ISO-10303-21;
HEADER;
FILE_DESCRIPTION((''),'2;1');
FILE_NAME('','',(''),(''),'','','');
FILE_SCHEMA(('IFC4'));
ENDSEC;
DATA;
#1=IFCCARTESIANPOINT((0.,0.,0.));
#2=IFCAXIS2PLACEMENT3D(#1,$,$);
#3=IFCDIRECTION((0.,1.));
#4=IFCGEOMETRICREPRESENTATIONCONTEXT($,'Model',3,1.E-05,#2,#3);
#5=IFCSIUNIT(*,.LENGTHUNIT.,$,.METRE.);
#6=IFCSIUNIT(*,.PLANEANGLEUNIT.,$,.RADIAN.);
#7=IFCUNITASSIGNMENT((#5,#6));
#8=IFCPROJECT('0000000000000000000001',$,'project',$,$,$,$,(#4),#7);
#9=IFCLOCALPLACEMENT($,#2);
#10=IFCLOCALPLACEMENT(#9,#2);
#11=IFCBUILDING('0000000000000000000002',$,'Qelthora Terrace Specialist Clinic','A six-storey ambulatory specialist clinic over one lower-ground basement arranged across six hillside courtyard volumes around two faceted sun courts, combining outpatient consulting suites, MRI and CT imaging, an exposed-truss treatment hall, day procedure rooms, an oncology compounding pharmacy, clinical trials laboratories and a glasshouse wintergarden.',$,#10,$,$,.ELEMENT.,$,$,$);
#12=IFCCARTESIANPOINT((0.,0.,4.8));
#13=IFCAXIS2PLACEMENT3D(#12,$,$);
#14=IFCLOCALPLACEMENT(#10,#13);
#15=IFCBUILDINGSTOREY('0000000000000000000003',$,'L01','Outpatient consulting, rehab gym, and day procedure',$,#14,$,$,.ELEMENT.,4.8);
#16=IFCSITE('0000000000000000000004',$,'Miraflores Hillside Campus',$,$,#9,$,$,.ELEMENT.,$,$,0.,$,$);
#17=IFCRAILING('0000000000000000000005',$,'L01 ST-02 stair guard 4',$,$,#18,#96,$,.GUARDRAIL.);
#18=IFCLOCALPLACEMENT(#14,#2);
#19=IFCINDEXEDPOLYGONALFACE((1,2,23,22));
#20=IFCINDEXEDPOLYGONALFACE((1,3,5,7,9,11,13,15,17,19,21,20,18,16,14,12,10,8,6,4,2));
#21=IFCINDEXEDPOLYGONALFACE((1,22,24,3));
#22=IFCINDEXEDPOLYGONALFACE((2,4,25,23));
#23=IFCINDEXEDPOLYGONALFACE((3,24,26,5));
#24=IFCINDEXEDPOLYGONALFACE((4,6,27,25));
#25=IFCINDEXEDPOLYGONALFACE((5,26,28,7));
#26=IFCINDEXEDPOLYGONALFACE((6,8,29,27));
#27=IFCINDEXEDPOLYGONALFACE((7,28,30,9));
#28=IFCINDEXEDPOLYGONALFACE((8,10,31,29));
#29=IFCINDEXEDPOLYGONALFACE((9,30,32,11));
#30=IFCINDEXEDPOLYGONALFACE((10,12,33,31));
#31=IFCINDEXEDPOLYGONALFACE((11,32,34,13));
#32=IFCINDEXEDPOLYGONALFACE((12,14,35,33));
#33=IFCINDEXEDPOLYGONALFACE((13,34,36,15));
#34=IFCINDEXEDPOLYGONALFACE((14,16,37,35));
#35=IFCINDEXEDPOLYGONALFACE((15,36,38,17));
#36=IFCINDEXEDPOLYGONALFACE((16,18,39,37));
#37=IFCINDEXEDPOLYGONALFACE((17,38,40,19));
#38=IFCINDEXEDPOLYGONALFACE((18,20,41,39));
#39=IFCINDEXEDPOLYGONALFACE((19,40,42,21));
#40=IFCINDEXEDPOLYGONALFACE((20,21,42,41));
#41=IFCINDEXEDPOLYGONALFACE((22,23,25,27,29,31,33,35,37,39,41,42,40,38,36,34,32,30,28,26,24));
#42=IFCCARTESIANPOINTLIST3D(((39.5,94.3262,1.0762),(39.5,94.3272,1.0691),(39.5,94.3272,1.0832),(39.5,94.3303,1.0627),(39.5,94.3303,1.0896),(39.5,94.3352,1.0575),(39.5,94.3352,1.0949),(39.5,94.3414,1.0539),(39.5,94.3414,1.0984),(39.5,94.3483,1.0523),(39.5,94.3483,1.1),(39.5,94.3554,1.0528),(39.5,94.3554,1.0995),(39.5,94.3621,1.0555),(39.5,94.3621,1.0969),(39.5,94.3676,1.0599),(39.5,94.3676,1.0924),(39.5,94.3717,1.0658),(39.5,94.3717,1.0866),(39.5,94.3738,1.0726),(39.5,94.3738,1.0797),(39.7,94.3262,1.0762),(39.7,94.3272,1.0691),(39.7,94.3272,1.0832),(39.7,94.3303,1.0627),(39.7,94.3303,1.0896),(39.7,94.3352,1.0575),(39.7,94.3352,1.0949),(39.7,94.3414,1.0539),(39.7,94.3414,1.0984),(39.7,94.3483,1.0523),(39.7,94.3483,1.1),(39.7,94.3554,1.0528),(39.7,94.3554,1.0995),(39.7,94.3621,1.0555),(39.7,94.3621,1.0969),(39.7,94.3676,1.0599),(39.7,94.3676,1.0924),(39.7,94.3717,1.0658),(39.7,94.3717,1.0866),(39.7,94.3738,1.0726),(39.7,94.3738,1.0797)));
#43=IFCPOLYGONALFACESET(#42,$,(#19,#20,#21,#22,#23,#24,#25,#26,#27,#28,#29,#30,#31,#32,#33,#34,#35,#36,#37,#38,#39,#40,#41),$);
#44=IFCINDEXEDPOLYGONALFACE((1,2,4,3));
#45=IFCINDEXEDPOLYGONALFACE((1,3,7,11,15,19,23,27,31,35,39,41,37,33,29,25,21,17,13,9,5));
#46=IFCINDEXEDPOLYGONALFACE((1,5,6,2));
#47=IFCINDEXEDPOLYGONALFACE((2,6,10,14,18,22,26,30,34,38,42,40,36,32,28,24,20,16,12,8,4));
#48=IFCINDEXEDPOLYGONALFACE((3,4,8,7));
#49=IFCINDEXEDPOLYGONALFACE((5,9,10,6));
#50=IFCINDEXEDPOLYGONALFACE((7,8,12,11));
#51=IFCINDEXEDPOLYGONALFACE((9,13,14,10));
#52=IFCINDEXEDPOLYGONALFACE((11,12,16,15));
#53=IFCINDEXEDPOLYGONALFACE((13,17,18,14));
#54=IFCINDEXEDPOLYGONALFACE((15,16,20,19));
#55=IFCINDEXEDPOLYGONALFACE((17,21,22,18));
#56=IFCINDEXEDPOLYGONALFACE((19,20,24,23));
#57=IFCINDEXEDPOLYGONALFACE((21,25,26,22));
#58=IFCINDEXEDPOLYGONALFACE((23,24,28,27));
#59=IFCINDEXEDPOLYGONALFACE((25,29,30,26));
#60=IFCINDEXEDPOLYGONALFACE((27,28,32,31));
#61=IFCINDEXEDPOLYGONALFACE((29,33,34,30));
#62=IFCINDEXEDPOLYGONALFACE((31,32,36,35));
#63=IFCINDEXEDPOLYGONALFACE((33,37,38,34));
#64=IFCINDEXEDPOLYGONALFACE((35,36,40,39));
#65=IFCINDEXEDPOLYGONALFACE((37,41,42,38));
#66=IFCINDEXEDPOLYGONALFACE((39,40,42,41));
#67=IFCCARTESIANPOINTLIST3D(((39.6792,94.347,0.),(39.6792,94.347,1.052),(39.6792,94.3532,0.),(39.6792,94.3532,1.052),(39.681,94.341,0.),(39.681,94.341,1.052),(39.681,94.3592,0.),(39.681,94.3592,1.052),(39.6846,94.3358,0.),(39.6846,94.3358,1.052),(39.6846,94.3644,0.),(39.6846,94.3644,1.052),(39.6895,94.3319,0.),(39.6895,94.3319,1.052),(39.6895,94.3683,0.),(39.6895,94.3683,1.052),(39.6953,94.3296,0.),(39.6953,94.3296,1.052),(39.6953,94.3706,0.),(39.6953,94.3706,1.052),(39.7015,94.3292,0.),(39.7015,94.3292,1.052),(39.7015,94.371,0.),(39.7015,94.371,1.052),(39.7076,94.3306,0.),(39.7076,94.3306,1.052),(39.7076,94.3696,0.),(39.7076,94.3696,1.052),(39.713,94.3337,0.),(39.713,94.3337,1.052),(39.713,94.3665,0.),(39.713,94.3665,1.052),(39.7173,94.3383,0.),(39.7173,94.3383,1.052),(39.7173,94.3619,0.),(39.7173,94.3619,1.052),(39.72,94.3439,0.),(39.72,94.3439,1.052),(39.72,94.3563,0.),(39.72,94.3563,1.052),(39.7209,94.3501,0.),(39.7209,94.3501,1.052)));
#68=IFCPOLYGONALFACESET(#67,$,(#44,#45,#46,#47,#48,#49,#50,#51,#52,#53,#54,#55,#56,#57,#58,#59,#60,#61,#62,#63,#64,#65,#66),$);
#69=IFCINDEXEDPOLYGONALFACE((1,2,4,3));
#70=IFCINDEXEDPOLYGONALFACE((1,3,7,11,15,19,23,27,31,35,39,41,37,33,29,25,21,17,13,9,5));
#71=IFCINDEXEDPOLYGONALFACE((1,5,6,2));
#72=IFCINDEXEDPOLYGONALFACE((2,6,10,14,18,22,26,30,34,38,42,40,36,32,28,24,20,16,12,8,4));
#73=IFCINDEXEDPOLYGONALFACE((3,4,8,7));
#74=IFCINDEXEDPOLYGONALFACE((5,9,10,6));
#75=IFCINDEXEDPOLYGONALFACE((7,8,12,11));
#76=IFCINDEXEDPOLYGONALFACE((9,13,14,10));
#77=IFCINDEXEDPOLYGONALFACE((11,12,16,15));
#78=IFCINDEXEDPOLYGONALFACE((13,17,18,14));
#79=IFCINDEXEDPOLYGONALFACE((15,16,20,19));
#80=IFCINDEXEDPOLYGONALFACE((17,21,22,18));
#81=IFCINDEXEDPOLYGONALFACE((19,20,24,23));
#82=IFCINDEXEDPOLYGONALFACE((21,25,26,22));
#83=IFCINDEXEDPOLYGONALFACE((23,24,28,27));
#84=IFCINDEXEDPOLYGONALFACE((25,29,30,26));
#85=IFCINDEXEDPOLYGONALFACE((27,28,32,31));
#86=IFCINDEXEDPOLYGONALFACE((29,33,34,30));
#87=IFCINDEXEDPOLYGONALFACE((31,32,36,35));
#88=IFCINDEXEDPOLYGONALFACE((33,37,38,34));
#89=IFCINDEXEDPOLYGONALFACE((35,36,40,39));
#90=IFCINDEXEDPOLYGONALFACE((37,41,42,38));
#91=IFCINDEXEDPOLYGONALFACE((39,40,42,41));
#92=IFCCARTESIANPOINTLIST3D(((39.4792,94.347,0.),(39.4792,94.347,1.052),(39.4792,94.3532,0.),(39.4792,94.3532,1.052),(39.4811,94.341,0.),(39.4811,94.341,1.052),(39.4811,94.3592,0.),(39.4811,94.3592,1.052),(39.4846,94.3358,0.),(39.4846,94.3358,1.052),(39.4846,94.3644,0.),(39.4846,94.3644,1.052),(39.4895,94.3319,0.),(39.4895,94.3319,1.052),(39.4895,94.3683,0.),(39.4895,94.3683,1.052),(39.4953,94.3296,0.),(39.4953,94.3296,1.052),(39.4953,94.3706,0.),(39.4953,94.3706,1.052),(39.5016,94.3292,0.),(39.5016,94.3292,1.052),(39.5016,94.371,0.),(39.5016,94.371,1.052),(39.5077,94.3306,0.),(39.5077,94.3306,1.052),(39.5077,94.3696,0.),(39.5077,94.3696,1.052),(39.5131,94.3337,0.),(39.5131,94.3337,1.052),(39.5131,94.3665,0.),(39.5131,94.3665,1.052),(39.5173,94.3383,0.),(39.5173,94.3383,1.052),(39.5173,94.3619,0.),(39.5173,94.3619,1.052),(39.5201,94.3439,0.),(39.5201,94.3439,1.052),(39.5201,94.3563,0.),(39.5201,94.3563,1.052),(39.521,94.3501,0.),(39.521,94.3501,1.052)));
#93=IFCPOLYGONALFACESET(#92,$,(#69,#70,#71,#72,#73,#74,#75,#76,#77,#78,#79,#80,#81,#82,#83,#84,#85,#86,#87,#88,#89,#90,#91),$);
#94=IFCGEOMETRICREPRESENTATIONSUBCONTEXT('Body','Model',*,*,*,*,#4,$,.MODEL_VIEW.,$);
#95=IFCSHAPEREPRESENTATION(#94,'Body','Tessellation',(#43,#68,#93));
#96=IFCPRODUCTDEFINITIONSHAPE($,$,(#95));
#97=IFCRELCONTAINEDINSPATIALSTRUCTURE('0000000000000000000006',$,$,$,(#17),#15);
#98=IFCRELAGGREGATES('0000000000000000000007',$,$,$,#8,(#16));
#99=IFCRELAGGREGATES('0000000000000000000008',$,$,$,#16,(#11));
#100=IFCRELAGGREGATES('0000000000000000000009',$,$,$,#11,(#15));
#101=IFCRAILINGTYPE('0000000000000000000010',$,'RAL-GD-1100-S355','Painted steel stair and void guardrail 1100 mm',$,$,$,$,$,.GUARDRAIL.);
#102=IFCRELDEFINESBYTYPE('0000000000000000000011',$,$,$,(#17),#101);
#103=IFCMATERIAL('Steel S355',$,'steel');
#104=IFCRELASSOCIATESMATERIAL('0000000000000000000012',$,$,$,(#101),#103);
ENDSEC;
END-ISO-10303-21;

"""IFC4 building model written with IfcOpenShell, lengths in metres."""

from ifc_helpers import new_model, si_unit, direction, frame, origin, origin_2d, place, context, subcontext, project, spatial, circle, extrude, material, type_object, element, save


model = new_model("IFC4")

# Units and contexts
model_context = context("Model", 3, precision=1e-05, world=origin(), true_north=direction((0.0, 1.0)))
body_context = subcontext(model_context, "Body", "Model", "MODEL_VIEW")
ifc_project = project(units=[si_unit("LENGTHUNIT", "METRE"), si_unit("PLANEANGLEUNIT", "RADIAN")], contexts=[model_context])

# Site, building, storey
site_placement = place(None, origin())
site = spatial("IfcSite", under=ifc_project, at=site_placement, Name="Miraflores Hillside Campus", CompositionType="ELEMENT", RefElevation=0.0)
building_placement = place(site_placement, origin())
building = spatial("IfcBuilding", under=site, at=building_placement, Name="Qelthora Terrace Specialist Clinic", Description="A six-storey ambulatory specialist clinic over one lower-ground basement arranged across six hillside courtyard volumes around two faceted sun courts, combining outpatient consulting suites, MRI and CT imaging, an exposed-truss treatment hall, day procedure rooms, an oncology compounding pharmacy, clinical trials laboratories and a glasshouse wintergarden.", CompositionType="ELEMENT")
storey_placement = place(building_placement, frame((0.0, 0.0, 4.8)))
storey = spatial("IfcBuildingStorey", under=building, at=storey_placement, Name="L01", Description="Outpatient consulting, rehab gym, and day procedure", CompositionType="ELEMENT", Elevation=4.8)

# Shared definitions
ifc_material_1 = material(Name="Steel S355", Category="steel")

# Railing
railing_type_1 = type_object("IfcRailingType", Name="RAL-GD-1100-S355", Description="Painted steel stair and void guardrail 1100 mm", PredefinedType="GUARDRAIL", material=ifc_material_1)
railing_1_placement = place(storey_placement, frame((39.7, 94.3501, 0.0)))
element("IfcRailing", 1, at=railing_1_placement, inside=storey, type_object=railing_type_1, Name="L01 ST-02 stair guard 4", PredefinedType="GUARDRAIL", context=body_context, shape_type="SweptSolid", body=[
    extrude(circle(Radius=0.0239, at=origin_2d()), frame((0.0, 0.0, 1.0762), z_axis=(-1.0, 0.0, 0.0), x_axis=(0.0, -1.0, 0.0)), (0.0, 0.0, 1.0), 0.2),
    extrude(circle(Radius=0.021, at=origin_2d()), origin(), (0.0, 0.0, 1.0), 1.052),
    extrude(circle(Radius=0.021, at=origin_2d()), frame((-0.2, 0.0, 0.0)), (0.0, 0.0, 1.0), 1.052),
])

save(model, "model.ifc")
